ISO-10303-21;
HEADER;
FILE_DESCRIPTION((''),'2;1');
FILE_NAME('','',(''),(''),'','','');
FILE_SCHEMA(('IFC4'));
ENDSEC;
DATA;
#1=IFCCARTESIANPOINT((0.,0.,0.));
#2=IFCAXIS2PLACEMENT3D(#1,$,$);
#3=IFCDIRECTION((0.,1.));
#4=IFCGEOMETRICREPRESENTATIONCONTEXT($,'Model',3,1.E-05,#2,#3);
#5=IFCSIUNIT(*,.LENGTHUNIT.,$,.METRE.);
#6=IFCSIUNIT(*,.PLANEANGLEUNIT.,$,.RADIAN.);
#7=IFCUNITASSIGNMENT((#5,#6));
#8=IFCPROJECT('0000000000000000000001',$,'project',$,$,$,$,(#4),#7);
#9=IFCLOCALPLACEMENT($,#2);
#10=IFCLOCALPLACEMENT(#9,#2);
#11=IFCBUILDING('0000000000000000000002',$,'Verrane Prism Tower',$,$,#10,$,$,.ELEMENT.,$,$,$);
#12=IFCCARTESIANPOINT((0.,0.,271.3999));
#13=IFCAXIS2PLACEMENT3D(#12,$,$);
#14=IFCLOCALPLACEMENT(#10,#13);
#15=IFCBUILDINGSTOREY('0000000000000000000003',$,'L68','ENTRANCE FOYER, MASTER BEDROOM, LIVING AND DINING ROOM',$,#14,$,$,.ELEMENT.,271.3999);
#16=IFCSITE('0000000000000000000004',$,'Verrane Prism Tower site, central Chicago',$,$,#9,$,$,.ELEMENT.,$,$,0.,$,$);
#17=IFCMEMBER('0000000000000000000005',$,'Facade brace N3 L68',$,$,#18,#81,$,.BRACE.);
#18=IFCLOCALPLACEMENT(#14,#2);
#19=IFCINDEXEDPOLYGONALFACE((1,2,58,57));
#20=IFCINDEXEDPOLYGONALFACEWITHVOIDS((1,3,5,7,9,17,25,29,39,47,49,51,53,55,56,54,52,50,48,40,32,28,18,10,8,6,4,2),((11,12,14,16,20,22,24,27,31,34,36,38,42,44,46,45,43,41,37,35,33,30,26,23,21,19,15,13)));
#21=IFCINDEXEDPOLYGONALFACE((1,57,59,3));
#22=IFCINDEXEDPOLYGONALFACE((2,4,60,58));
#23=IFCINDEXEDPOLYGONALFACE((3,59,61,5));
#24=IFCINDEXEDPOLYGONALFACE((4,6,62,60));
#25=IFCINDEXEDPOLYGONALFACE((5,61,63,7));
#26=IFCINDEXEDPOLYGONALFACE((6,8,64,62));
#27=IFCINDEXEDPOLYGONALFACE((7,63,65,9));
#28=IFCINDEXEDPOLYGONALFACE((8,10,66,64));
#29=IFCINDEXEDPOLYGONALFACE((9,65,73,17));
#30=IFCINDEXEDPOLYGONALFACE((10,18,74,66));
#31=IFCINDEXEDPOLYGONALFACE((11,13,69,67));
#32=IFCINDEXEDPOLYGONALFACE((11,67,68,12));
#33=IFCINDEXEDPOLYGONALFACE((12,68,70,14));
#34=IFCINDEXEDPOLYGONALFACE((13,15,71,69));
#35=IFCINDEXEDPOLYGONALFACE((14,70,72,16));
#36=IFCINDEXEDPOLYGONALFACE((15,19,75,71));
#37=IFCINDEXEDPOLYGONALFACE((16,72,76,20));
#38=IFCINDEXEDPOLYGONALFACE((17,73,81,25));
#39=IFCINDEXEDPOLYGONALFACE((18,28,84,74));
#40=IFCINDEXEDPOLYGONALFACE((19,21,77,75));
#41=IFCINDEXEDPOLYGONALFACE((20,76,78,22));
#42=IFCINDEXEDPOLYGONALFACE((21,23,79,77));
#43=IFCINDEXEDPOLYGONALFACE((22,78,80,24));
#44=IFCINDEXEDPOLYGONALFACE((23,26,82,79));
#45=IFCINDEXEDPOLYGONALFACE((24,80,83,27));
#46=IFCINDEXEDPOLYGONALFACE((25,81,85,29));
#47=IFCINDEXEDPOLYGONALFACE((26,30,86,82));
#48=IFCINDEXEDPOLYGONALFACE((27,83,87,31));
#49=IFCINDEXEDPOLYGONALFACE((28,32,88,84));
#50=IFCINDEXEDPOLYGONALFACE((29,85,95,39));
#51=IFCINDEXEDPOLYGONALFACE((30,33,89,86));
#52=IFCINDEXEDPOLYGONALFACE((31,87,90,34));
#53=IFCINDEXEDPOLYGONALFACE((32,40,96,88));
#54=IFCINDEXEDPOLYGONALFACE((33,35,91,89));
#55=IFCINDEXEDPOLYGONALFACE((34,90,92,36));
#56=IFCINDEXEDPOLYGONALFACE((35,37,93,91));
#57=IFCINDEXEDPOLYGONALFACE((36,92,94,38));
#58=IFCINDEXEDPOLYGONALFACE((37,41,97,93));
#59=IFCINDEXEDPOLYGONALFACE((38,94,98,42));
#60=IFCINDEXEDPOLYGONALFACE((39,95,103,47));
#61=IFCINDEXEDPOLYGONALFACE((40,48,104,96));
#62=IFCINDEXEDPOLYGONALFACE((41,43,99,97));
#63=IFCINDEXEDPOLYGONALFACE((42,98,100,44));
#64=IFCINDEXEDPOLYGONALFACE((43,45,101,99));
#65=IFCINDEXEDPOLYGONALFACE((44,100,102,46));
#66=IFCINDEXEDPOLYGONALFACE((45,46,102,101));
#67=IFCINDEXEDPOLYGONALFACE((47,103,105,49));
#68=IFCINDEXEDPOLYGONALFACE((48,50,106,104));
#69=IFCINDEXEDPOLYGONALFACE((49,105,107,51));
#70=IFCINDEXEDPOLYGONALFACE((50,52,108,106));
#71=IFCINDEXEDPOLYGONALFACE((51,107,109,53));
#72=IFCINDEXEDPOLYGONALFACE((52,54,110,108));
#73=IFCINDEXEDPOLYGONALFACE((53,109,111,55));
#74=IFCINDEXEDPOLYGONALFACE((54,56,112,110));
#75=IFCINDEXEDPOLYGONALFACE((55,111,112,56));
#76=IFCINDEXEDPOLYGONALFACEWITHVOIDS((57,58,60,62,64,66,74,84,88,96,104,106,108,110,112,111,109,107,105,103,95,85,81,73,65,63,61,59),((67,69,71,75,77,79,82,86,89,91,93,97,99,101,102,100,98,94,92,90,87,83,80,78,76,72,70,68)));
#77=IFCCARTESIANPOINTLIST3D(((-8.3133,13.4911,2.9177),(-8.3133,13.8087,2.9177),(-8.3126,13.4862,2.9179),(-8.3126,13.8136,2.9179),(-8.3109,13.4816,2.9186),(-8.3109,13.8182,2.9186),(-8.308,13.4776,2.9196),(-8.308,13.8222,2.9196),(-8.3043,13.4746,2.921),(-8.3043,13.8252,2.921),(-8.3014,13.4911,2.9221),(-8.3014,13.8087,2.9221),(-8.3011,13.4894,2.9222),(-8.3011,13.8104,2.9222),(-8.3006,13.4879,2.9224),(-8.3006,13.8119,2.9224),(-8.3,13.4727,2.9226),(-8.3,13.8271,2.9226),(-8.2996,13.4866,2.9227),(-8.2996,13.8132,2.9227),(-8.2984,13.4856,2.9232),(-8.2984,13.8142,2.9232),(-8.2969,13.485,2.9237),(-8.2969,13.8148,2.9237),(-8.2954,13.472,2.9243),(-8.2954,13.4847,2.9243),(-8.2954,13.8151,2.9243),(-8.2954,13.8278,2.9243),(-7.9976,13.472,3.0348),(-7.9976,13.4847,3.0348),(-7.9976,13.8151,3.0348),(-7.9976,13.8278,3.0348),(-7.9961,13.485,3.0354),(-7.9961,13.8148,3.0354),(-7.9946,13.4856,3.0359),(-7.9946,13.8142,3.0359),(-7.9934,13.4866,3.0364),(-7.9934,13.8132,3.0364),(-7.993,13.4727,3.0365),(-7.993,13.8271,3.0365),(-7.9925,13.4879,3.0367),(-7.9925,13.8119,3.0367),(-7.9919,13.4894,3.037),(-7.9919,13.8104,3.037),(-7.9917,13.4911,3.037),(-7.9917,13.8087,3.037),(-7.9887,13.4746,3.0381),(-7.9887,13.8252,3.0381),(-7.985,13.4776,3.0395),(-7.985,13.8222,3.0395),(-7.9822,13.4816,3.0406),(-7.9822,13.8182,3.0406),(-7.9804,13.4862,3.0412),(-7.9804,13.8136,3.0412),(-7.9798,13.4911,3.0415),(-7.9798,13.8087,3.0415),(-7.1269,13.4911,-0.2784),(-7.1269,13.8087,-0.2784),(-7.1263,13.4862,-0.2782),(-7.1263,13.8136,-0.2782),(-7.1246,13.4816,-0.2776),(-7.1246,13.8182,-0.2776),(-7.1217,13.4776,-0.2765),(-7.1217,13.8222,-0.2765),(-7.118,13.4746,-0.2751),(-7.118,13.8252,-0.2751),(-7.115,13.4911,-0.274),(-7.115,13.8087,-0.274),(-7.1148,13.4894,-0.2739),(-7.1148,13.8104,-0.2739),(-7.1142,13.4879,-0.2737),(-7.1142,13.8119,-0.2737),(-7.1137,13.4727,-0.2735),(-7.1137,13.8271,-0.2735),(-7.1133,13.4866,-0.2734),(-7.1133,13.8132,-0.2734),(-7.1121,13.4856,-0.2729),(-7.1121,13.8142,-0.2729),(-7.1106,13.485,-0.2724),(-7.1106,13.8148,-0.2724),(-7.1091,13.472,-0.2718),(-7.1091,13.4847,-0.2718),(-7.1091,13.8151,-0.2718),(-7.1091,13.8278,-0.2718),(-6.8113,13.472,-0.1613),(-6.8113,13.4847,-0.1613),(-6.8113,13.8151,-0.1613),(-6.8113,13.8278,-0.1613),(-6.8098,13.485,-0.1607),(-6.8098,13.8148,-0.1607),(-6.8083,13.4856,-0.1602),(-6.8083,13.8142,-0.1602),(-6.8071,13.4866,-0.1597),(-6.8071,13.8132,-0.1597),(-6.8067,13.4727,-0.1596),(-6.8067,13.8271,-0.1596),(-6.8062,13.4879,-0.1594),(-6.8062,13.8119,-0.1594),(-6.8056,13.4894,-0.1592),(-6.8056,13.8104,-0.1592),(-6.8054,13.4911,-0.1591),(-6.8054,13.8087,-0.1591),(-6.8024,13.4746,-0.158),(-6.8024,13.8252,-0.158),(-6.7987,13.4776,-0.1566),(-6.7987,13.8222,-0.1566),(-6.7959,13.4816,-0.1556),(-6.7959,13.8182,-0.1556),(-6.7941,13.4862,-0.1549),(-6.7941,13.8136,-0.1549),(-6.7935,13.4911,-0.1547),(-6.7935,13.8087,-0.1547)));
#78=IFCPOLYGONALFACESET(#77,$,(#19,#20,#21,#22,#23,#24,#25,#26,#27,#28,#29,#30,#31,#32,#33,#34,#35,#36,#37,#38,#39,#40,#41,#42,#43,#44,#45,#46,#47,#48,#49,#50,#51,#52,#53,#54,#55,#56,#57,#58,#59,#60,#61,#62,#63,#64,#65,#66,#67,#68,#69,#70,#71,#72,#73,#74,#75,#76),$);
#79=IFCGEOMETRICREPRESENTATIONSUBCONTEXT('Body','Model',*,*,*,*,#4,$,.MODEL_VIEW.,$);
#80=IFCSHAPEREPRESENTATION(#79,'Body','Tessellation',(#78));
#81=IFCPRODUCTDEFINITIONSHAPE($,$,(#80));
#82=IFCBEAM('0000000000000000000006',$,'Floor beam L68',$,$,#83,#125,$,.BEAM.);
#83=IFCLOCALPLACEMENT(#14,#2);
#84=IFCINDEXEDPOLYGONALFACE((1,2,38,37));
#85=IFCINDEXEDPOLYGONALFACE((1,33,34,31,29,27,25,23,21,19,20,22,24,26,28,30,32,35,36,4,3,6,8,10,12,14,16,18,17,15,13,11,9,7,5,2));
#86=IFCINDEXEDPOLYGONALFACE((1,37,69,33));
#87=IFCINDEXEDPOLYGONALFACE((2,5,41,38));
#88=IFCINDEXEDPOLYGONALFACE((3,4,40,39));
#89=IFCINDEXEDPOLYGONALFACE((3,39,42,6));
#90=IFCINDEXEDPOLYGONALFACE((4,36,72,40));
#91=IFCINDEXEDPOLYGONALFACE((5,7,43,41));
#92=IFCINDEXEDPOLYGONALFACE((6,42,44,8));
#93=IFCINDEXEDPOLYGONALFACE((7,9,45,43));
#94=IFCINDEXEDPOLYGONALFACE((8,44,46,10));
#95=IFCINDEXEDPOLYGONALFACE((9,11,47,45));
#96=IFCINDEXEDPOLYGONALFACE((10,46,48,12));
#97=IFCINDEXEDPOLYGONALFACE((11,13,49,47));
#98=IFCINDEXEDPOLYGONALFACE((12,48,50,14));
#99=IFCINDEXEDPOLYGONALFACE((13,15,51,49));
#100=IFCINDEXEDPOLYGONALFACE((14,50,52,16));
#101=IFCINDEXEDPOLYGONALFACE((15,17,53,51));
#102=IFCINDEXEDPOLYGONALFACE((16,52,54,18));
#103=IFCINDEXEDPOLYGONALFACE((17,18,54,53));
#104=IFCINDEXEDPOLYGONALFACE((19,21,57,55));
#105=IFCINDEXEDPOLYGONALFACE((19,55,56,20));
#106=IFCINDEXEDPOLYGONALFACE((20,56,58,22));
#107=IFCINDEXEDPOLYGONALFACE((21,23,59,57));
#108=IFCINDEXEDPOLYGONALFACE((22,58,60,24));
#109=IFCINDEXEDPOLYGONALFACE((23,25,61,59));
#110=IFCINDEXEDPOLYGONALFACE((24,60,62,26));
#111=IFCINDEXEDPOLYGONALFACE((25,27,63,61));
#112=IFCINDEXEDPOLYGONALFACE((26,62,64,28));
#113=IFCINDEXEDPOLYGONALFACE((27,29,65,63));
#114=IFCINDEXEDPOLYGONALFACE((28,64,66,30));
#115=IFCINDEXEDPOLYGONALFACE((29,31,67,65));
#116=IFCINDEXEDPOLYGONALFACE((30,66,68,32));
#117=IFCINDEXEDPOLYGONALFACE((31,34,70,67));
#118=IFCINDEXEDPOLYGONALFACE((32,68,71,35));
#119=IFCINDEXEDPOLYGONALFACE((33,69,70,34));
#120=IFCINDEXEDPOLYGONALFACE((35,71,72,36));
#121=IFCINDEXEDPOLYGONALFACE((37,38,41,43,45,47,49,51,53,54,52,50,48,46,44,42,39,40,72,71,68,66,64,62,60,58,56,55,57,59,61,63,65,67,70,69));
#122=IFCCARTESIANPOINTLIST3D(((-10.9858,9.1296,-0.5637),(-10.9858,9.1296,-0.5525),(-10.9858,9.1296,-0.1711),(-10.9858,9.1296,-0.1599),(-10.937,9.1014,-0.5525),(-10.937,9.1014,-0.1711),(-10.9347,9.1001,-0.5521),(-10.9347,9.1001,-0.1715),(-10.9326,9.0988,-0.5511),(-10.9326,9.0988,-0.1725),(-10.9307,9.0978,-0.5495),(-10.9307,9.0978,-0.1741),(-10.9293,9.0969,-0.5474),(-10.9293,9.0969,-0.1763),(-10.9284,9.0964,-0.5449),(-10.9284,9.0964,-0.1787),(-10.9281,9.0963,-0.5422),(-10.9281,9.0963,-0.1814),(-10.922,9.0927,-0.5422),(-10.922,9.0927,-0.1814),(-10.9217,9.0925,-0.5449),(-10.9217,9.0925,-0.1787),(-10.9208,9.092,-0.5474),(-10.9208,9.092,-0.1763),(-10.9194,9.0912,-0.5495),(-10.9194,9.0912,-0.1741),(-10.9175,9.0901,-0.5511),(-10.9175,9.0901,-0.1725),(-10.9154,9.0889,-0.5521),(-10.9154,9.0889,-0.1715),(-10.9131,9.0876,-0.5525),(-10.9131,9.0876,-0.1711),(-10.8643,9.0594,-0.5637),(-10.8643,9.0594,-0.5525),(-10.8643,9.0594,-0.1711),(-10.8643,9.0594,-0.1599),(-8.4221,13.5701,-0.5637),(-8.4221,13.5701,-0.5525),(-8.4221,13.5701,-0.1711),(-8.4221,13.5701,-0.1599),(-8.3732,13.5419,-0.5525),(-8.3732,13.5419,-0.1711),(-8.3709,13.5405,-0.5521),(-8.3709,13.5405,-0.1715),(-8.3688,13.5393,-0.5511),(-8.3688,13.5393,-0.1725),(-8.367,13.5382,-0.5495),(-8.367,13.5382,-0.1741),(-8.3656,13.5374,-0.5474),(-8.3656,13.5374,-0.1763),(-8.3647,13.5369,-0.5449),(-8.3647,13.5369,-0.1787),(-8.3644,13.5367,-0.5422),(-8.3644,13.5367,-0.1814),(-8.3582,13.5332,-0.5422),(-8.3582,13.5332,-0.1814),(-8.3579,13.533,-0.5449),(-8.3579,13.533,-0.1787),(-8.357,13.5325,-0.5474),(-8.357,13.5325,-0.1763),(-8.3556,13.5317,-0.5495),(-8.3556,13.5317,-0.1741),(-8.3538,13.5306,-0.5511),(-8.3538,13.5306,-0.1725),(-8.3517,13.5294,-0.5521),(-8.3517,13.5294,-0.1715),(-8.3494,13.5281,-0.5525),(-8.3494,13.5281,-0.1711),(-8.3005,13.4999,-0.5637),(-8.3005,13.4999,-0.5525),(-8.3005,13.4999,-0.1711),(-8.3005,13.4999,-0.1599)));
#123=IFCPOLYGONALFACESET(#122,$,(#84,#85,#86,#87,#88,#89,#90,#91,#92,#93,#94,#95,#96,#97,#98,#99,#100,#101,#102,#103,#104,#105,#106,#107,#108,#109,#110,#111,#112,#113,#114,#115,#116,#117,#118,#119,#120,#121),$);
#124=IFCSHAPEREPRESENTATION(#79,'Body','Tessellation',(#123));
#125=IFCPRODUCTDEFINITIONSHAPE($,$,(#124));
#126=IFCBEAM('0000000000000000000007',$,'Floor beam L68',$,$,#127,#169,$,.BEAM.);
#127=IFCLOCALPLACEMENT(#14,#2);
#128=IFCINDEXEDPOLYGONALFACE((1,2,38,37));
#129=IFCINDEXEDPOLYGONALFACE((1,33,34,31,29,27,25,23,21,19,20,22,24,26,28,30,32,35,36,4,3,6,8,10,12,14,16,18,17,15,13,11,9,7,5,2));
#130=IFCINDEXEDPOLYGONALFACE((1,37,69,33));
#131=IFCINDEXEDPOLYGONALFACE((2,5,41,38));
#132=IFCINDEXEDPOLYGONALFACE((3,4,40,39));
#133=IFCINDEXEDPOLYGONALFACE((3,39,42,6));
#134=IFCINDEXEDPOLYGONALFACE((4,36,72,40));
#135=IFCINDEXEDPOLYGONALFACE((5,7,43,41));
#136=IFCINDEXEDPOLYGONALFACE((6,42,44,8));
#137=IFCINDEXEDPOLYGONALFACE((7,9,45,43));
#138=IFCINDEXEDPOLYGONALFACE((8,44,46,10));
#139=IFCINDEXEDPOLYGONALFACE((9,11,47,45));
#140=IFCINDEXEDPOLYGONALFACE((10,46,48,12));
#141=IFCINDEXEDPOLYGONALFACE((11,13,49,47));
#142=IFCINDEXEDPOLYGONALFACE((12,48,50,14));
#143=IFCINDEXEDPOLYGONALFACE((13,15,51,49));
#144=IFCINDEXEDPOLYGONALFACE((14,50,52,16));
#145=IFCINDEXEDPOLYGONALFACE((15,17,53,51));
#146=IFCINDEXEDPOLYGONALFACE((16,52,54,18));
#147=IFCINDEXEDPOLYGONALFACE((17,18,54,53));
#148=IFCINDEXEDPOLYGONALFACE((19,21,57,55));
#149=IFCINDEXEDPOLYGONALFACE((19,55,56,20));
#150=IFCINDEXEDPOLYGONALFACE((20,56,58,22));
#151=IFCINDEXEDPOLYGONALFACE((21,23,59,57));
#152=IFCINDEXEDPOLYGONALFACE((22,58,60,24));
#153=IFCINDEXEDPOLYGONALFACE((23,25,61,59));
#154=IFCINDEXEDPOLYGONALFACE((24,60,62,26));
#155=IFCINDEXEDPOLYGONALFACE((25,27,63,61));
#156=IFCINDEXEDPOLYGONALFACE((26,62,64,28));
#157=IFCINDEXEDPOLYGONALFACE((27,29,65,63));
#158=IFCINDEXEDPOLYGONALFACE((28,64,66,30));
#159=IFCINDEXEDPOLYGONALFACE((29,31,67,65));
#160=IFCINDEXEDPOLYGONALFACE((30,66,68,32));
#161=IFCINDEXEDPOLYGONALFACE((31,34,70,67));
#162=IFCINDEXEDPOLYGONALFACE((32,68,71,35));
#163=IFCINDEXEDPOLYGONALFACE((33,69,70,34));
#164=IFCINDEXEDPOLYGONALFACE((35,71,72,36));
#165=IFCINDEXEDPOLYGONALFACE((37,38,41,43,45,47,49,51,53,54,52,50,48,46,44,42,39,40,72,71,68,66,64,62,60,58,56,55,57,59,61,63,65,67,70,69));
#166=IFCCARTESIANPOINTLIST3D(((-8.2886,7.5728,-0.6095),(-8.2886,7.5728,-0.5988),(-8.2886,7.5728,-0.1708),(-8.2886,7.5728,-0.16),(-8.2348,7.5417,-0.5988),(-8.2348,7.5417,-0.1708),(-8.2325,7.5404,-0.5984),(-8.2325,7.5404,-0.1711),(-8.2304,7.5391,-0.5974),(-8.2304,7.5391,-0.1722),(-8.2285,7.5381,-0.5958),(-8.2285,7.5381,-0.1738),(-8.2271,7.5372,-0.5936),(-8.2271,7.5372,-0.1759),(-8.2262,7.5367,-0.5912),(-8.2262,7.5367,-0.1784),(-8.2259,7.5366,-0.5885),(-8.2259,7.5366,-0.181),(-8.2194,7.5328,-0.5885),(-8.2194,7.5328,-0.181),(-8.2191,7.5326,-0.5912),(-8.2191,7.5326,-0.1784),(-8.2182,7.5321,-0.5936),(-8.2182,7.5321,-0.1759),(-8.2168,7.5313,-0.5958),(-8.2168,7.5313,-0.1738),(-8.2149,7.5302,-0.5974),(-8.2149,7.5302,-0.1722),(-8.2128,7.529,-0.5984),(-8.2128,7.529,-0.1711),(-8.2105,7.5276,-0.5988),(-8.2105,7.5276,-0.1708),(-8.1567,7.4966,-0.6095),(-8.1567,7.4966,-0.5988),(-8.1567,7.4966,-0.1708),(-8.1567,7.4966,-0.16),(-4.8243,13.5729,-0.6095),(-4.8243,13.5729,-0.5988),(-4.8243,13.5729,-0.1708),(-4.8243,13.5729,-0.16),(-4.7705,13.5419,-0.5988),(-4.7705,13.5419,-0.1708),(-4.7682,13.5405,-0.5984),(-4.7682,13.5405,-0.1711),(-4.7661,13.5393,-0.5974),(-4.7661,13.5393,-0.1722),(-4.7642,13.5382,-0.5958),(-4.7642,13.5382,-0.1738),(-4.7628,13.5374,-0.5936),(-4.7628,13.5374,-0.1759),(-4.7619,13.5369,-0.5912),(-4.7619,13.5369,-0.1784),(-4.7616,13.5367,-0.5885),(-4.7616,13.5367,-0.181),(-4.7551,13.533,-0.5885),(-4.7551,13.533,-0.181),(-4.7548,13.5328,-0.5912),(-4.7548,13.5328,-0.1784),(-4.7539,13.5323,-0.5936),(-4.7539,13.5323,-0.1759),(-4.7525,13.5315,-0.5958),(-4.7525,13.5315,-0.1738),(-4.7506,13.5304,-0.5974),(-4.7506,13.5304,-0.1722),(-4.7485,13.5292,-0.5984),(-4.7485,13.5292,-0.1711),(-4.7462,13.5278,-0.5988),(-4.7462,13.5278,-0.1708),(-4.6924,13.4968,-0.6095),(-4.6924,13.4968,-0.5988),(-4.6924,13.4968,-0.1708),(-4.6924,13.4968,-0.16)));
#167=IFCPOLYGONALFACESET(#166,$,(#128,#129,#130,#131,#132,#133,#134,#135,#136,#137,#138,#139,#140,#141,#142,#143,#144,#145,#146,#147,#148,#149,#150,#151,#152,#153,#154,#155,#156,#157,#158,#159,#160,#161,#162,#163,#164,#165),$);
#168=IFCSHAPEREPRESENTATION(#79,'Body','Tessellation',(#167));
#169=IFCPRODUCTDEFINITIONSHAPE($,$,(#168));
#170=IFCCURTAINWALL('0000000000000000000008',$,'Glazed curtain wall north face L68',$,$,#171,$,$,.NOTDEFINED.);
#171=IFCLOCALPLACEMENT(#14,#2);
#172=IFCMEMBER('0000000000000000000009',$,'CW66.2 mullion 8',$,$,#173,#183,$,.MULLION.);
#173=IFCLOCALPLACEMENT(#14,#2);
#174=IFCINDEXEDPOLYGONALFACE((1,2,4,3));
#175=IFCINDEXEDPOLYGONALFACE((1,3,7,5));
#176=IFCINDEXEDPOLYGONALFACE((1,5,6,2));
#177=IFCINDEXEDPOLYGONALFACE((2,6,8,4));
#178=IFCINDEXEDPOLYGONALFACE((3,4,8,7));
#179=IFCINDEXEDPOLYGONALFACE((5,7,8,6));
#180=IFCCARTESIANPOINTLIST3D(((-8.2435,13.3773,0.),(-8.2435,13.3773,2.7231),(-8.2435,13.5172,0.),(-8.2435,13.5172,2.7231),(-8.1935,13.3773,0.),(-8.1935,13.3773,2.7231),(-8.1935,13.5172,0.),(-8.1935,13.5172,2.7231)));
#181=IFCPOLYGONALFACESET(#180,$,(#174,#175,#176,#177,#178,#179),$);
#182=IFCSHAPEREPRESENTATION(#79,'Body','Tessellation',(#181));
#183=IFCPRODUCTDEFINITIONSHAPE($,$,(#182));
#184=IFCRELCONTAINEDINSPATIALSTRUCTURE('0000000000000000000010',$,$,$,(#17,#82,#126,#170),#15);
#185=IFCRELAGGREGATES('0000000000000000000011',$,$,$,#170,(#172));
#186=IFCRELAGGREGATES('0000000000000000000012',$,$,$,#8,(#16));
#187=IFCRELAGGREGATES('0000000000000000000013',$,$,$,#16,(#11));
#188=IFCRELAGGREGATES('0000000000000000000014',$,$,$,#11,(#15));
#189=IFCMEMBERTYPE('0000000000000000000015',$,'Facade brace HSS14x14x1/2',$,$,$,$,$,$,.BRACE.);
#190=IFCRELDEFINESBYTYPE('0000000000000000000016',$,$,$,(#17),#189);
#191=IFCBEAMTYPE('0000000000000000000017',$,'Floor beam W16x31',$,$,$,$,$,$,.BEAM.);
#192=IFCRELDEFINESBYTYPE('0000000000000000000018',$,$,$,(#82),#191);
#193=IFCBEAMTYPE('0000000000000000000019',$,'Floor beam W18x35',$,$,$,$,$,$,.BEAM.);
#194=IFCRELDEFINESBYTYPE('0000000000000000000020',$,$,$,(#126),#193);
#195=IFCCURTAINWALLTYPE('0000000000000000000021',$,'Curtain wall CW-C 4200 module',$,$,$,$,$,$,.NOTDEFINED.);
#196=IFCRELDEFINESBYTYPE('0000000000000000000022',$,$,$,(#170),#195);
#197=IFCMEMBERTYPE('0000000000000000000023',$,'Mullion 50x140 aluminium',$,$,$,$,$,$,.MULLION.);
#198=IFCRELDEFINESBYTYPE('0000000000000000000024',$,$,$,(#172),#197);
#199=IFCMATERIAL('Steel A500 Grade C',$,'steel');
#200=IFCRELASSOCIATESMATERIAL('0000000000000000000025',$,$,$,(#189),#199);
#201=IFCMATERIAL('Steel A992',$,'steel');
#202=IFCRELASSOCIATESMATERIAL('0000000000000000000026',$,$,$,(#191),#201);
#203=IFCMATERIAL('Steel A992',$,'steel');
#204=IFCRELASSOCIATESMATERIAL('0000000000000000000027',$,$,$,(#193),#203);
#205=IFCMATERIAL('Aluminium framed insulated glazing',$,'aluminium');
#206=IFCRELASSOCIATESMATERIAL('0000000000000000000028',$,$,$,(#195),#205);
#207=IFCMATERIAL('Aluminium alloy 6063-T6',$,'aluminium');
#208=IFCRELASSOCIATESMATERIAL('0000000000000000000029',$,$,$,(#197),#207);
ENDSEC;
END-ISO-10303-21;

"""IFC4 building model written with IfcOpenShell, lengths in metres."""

from ifc_helpers import new_model, si_unit, direction, frame, origin, origin_2d, place, context, subcontext, project, spatial, rectangle, hollow_rectangle, i_section, extrude, material, material_profile, profile_set, type_object, element, aggregate, save


model = new_model("IFC4")

# Units and contexts
model_context = context("Model", 3, precision=1e-05, world=origin(), true_north=direction((0.0, 1.0)))
body_context = subcontext(model_context, "Body", "Model", "MODEL_VIEW")
ifc_project = project(units=[si_unit("LENGTHUNIT", "METRE"), si_unit("PLANEANGLEUNIT", "RADIAN")], contexts=[model_context])

# Site, building, storey
site_placement = place(None, origin())
site = spatial("IfcSite", under=ifc_project, at=site_placement, Name="Verrane Prism Tower site, central Chicago", CompositionType="ELEMENT", RefElevation=0.0)
building_placement = place(site_placement, origin())
building = spatial("IfcBuilding", under=site, at=building_placement, Name="Verrane Prism Tower", CompositionType="ELEMENT")
storey_placement = place(building_placement, frame((0.0, 0.0, 271.3999)))
storey = spatial("IfcBuildingStorey", under=building, at=storey_placement, Name="L68", Description="ENTRANCE FOYER, MASTER BEDROOM, LIVING AND DINING ROOM", CompositionType="ELEMENT", Elevation=271.3999)

# Member
ifc_material_1 = material(Name="Steel A500 Grade C", Category="steel")
ifc_material_profile_1 = material_profile(ifc_material_1, hollow_rectangle(XDim=0.3557, YDim=0.3557, WallThickness=0.0127, InnerFilletRadius=0.0063, OuterFilletRadius=0.019, at=origin_2d()), Name="HSS14x14x1/2")
ifc_profile_set_1 = profile_set([ifc_material_profile_1], Name="Steel A500 Grade C")
member_type_1 = type_object("IfcMemberType", Name="Facade brace HSS14x14x1/2", PredefinedType="BRACE", material=ifc_profile_set_1)
member_1_placement = place(storey_placement, frame((-6.9602, 13.6499, -0.2166), z_axis=(-0.347974, 0.0, 0.937504), x_axis=(0.0, -1.0, 0.0)))
element("IfcMember", 1, at=member_1_placement, inside=storey, type_object=member_type_1, Name="Facade brace N3 L68", PredefinedType="BRACE", context=body_context, shape_type="SweptSolid", body=[
    extrude(hollow_rectangle(XDim=0.3557, YDim=0.3557, WallThickness=0.0127, InnerFilletRadius=0.0063, OuterFilletRadius=0.019, at=origin_2d()), origin(), (0.0, 0.0, 1.0), 3.4092),
])

# Beams
ifc_material_2 = material(Name="Steel A992", Category="steel")
ifc_material_profile_2 = material_profile(ifc_material_2, i_section(OverallWidth=0.1404, OverallDepth=0.4038, WebThickness=0.0071, FlangeThickness=0.0112, FilletRadius=0.0103, at=origin_2d()), Name="W16x31")
ifc_profile_set_2 = profile_set([ifc_material_profile_2], Name="Steel A992")
beam_type_1 = type_object("IfcBeamType", Name="Floor beam W16x31", PredefinedType="BEAM", material=ifc_profile_set_2)
beam_1_placement = place(storey_placement, frame((-10.925, 9.0945, -0.3618), z_axis=(0.500005, 0.866022, 0.0), x_axis=(-0.866022, 0.500005, 0.0)))
element("IfcBeam", 2, at=beam_1_placement, inside=storey, type_object=beam_type_1, Name="Floor beam L68", PredefinedType="BEAM", context=body_context, shape_type="SweptSolid", body=[
    extrude(i_section(OverallWidth=0.1404, OverallDepth=0.4038, WebThickness=0.0071, FlangeThickness=0.0112, FilletRadius=0.0103, at=origin_2d()), origin(), (0.0, 0.0, 1.0), 5.1274),
])
ifc_material_3 = material(Name="Steel A992", Category="steel")
ifc_material_profile_3 = material_profile(ifc_material_3, i_section(OverallWidth=0.1523, OverallDepth=0.4495, WebThickness=0.0076, FlangeThickness=0.0107, FilletRadius=0.0103, at=origin_2d()), Name="W18x35")
ifc_profile_set_3 = profile_set([ifc_material_profile_3], Name="Steel A992")
beam_type_2 = type_object("IfcBeamType", Name="Floor beam W18x35", PredefinedType="BEAM", material=ifc_profile_set_3)
beam_2_placement = place(storey_placement, frame((-8.2227, 7.5347, -0.3848), z_axis=(0.500012, 0.866018, 0.0), x_axis=(-0.866018, 0.500012, 0.0)))
element("IfcBeam", 3, at=beam_2_placement, inside=storey, type_object=beam_type_2, Name="Floor beam L68", PredefinedType="BEAM", context=body_context, shape_type="SweptSolid", body=[
    extrude(i_section(OverallWidth=0.1523, OverallDepth=0.4495, WebThickness=0.0076, FlangeThickness=0.0107, FilletRadius=0.0103, at=origin_2d()), origin(), (0.0, 0.0, 1.0), 6.9285),
])

# Curtain wall, member
ifc_material_4 = material(Name="Aluminium framed insulated glazing", Category="aluminium")
curtain_wall_type = type_object("IfcCurtainWallType", Name="Curtain wall CW-C 4200 module", PredefinedType="NOTDEFINED", material=ifc_material_4)
curtain_wall_placement = place(storey_placement, origin())
curtain_wall = element("IfcCurtainWall", 4, at=curtain_wall_placement, inside=storey, type_object=curtain_wall_type, Name="Glazed curtain wall north face L68", PredefinedType="NOTDEFINED")
ifc_material_5 = material(Name="Aluminium alloy 6063-T6", Category="aluminium")
ifc_material_profile_4 = material_profile(ifc_material_5, rectangle(XDim=0.1399, YDim=0.05, at=origin_2d()), Name="Mullion 50x140 aluminium")
ifc_profile_set_4 = profile_set([ifc_material_profile_4], Name="Aluminium alloy 6063-T6")
member_type_2 = type_object("IfcMemberType", Name="Mullion 50x140 aluminium", PredefinedType="MULLION", material=ifc_profile_set_4)
member_2_placement = place(storey_placement, frame((-8.2185, 13.4473, 0.0), z_axis=(0.0, 0.0, 1.0), x_axis=(0.0, -1.0, 0.0)))
member_2 = element("IfcMember", 5, at=member_2_placement, type_object=member_type_2, Name="CW66.2 mullion 8", PredefinedType="MULLION", context=body_context, shape_type="SweptSolid", body=[
    extrude(rectangle(XDim=0.1399, YDim=0.05, at=origin_2d()), origin(), (0.0, 0.0, 1.0), 2.7231),
])
aggregate(curtain_wall, [member_2])

save(model, "model.ifc")
